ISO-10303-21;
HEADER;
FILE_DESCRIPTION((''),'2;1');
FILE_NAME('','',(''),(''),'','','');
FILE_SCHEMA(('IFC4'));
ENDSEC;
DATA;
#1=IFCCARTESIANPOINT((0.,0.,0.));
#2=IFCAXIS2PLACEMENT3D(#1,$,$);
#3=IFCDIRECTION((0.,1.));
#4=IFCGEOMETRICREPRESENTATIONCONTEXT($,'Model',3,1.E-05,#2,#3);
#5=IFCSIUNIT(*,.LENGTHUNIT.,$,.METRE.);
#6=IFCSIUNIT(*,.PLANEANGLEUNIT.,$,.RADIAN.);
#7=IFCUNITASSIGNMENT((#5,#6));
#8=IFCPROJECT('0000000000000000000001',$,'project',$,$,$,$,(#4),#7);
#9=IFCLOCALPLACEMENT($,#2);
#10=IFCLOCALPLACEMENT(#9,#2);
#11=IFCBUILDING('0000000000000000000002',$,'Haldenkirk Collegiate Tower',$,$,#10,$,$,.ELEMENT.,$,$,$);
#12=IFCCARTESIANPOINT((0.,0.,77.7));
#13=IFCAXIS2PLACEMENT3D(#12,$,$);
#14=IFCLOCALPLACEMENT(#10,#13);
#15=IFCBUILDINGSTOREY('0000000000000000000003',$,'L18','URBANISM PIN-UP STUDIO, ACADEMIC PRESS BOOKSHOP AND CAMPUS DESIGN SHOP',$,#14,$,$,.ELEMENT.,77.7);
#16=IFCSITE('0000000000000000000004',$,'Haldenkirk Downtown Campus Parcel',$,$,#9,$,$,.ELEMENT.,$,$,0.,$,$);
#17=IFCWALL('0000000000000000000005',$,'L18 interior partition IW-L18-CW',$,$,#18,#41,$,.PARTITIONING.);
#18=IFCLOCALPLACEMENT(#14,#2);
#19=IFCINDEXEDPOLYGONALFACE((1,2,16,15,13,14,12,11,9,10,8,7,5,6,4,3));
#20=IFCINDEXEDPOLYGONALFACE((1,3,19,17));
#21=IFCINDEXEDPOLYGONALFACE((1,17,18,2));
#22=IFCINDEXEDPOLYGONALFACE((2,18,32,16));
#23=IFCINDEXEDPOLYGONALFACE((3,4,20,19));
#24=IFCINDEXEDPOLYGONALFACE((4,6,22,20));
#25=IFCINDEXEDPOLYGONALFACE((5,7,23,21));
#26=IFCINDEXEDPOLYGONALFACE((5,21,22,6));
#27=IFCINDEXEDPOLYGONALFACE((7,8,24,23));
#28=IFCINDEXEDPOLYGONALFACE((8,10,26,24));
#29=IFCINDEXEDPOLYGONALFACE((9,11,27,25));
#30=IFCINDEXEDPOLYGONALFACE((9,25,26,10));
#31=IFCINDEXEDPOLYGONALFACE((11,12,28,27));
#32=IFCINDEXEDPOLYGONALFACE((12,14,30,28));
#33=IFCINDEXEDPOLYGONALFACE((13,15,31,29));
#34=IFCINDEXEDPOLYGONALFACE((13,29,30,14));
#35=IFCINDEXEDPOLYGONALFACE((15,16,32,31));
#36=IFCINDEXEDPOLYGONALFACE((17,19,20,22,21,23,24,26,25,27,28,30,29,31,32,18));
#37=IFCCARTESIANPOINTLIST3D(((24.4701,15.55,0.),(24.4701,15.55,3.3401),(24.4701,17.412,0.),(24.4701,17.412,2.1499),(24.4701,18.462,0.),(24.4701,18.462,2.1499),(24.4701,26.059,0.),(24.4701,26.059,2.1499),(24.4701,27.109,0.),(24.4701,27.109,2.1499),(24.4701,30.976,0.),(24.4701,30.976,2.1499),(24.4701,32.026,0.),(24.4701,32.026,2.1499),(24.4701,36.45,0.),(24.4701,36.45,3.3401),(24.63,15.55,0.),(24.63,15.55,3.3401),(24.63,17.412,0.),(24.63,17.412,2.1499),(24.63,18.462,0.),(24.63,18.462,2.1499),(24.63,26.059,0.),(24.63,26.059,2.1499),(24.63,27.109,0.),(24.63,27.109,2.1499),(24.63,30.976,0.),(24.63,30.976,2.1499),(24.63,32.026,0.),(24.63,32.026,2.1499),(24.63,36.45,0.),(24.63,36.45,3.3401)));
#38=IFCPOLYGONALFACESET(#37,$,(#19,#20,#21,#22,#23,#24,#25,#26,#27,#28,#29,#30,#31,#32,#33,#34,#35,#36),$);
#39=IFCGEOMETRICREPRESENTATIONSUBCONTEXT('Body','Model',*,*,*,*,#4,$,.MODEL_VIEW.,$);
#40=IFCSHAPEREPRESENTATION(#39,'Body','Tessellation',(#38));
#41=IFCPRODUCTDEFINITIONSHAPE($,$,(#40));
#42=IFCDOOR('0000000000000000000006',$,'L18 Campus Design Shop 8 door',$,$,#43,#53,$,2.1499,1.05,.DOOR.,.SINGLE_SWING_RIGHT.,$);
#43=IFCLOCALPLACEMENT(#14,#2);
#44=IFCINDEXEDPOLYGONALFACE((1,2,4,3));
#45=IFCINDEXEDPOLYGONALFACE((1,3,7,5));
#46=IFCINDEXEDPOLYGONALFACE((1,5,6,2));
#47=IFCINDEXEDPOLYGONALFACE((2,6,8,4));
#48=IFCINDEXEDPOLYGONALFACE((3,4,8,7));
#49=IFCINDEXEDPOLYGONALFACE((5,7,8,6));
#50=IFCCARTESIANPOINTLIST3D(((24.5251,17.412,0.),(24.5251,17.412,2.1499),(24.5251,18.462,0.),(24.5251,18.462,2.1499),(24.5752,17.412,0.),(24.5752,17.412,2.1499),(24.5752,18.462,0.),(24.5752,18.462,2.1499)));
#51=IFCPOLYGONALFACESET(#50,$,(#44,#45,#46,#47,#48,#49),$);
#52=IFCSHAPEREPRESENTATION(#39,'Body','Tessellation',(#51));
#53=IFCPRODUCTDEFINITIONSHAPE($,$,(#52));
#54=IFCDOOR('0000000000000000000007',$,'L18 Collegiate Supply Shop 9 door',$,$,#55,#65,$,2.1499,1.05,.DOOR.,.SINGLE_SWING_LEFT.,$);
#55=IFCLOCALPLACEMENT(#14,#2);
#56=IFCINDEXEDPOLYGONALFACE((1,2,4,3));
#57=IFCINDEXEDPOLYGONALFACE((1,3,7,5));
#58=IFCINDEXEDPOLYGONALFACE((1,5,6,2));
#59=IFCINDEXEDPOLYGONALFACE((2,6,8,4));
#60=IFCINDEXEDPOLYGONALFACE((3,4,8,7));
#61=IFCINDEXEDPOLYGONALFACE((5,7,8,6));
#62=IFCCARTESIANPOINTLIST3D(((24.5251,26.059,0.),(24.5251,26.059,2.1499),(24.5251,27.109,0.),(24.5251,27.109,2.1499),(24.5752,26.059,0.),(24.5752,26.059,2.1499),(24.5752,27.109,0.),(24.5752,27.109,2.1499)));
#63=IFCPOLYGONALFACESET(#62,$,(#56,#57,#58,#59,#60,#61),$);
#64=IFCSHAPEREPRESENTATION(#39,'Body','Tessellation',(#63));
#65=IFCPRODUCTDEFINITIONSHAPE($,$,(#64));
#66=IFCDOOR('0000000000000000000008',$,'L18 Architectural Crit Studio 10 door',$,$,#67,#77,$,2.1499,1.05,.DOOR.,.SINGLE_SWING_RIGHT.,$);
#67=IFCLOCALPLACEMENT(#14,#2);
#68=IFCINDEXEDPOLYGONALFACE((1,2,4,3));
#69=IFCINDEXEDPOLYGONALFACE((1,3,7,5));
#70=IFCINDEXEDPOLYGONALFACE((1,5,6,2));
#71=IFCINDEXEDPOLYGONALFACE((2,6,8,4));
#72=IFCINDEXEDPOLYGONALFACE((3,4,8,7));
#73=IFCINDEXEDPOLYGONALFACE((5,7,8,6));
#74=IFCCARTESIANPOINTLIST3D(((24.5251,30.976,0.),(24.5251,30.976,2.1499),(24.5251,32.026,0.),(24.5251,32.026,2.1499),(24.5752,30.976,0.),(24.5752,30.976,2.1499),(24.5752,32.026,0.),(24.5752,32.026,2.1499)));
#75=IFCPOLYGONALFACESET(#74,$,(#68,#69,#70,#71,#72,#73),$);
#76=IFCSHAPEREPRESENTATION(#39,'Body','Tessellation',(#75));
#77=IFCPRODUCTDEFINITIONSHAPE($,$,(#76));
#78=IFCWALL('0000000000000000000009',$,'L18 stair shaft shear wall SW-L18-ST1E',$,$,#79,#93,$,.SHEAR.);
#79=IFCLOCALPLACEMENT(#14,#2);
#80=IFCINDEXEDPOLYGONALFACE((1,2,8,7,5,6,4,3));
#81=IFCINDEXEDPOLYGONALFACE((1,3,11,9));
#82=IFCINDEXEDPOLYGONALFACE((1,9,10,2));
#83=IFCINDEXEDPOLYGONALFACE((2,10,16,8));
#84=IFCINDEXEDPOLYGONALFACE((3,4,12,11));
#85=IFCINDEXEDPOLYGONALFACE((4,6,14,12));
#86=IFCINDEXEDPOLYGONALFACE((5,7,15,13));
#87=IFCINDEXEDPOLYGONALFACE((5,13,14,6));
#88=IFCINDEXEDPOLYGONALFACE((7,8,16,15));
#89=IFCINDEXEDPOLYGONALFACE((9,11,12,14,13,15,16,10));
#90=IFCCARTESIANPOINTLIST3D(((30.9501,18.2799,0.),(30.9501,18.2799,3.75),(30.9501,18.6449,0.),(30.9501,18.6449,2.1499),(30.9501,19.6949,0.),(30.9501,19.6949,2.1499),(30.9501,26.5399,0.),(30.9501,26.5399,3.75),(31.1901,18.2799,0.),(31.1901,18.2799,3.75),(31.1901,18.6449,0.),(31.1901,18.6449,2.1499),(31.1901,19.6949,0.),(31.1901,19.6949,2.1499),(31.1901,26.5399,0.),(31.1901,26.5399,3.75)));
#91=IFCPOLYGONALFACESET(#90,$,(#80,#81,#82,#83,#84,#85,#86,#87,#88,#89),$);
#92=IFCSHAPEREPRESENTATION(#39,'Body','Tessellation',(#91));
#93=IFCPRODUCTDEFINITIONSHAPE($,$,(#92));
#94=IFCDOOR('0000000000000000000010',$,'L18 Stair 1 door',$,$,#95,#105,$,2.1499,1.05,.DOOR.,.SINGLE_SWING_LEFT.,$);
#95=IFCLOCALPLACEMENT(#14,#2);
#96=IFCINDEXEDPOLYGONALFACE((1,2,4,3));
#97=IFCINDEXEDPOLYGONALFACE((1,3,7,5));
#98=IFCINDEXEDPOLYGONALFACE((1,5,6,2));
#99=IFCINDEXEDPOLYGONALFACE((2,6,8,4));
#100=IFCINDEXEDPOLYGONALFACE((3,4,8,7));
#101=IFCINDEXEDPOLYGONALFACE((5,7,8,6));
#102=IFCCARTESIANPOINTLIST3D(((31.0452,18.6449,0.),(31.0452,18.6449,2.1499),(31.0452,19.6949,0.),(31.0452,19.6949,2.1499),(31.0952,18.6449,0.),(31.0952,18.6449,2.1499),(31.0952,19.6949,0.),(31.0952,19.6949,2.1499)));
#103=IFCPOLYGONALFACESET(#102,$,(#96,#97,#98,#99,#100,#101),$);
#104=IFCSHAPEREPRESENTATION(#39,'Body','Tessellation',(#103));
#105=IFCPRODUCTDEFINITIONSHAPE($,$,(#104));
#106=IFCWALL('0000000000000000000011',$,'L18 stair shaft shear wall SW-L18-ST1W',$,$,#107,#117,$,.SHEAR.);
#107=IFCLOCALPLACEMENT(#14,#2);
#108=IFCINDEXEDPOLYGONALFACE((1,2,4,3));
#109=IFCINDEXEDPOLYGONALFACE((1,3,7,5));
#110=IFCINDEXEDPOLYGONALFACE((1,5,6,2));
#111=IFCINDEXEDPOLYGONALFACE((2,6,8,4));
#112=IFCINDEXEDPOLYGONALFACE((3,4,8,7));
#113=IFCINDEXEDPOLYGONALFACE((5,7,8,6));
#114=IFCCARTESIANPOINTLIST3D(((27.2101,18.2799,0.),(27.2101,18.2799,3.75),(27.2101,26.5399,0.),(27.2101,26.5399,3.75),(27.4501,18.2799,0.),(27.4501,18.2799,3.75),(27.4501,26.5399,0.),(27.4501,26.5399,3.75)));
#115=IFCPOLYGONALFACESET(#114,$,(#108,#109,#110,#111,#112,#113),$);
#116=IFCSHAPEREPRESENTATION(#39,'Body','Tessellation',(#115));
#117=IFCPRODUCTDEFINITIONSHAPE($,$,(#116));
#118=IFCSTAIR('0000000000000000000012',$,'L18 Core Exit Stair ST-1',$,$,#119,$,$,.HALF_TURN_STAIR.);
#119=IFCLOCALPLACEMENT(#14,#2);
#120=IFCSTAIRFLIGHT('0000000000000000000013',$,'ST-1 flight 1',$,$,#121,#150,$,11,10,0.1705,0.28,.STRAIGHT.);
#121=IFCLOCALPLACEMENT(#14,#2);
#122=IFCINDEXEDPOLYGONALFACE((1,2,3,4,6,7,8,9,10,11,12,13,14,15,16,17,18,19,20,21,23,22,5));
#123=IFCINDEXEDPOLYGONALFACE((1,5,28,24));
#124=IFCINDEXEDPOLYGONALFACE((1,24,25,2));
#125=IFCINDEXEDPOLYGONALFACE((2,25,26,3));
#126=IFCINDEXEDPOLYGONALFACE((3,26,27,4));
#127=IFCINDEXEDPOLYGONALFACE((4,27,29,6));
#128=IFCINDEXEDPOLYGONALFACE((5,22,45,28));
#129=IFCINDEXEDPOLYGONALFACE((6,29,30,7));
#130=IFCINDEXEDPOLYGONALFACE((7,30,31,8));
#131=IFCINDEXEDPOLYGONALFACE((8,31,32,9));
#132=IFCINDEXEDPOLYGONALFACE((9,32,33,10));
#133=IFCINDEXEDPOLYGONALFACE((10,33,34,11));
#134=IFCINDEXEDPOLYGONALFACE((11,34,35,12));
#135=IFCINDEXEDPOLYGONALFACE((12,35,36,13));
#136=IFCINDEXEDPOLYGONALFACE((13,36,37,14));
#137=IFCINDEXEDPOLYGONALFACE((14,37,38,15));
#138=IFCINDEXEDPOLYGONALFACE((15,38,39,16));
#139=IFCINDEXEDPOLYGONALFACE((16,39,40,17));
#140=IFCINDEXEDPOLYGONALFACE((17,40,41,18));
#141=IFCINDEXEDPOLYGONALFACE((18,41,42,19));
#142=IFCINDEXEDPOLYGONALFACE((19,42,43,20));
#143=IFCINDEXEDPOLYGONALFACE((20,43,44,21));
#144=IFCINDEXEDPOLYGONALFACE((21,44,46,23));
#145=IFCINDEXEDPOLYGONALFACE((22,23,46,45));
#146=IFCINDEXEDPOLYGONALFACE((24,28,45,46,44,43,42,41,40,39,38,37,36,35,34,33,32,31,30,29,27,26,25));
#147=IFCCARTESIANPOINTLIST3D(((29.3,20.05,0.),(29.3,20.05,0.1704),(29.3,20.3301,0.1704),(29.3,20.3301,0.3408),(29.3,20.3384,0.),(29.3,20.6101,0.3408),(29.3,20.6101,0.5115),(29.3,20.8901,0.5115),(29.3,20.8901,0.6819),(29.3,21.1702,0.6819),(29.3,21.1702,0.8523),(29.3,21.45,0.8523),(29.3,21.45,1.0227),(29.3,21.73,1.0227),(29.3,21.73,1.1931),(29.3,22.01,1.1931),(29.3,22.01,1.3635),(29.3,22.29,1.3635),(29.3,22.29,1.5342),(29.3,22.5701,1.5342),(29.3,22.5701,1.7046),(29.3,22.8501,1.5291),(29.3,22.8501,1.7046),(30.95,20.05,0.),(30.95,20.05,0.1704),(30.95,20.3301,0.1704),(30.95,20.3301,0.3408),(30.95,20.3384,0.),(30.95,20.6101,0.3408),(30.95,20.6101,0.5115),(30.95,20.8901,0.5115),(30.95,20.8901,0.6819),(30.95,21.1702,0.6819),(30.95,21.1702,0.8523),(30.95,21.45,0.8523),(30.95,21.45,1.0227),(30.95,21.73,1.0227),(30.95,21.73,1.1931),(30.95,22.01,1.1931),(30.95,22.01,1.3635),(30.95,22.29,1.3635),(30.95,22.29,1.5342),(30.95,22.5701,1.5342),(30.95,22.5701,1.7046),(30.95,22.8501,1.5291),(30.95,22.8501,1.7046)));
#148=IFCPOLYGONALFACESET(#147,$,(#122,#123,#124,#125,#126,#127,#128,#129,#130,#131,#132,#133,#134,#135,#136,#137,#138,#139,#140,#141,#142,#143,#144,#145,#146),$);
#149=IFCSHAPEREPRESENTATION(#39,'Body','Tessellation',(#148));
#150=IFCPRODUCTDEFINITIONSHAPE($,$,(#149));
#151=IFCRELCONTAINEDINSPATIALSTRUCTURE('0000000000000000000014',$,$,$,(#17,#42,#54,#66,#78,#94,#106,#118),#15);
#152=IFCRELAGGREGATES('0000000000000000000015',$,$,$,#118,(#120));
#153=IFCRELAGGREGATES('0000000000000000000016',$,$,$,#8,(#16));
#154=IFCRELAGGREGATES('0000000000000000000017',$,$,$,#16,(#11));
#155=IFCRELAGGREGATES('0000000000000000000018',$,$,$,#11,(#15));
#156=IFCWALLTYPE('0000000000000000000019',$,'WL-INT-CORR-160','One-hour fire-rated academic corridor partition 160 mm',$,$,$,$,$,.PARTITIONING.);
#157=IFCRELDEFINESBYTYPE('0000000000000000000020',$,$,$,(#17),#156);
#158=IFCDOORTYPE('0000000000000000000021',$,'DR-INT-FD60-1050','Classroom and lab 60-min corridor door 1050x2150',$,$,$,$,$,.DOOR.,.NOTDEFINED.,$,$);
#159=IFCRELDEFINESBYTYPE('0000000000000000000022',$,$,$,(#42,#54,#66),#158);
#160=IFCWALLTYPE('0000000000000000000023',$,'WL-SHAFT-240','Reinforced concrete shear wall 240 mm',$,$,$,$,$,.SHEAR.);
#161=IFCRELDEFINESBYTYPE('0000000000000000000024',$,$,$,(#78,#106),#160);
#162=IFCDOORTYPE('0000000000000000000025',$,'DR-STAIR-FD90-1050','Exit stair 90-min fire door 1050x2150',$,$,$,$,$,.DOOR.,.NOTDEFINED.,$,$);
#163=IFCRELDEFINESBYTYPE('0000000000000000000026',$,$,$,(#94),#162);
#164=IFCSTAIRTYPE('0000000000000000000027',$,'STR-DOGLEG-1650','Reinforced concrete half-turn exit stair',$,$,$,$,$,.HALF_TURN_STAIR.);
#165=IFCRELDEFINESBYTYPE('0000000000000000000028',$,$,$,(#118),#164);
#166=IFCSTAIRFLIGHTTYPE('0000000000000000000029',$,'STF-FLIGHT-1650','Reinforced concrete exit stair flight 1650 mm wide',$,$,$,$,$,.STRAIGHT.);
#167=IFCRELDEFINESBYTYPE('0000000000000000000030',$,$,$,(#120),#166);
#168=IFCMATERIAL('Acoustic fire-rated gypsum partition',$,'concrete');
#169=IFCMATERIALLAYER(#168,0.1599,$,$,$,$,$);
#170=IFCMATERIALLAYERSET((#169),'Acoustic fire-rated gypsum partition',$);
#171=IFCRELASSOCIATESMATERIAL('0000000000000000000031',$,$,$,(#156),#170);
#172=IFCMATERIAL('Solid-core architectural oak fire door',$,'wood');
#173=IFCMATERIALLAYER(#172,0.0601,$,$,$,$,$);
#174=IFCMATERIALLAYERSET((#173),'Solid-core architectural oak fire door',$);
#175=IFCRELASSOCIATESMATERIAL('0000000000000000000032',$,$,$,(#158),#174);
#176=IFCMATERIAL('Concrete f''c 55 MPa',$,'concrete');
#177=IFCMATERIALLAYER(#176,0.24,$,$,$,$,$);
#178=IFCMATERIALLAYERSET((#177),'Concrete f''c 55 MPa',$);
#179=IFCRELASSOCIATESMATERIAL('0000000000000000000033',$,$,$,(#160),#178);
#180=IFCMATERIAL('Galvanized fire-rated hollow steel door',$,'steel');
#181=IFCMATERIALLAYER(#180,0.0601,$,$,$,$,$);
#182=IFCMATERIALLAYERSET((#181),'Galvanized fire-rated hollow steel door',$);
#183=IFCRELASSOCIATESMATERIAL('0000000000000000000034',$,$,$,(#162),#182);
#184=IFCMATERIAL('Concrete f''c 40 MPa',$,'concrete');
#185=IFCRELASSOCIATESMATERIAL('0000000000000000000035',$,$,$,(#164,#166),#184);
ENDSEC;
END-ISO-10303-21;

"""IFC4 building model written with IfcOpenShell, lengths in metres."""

from ifc_helpers import new_model, si_unit, direction, frame, frame_2d, origin, place, context, subcontext, project, spatial, polyline, rectangle, outline, extrude, material, layer, layer_set, type_object, element, fill, aggregate, save


model = new_model("IFC4")

# Units and contexts
model_context = context("Model", 3, precision=1e-05, world=origin(), true_north=direction((0.0, 1.0)))
body_context = subcontext(model_context, "Body", "Model", "MODEL_VIEW")
ifc_project = project(units=[si_unit("LENGTHUNIT", "METRE"), si_unit("PLANEANGLEUNIT", "RADIAN")], contexts=[model_context])

# Site, building, storey
site_placement = place(None, origin())
site = spatial("IfcSite", under=ifc_project, at=site_placement, Name="Haldenkirk Downtown Campus Parcel", CompositionType="ELEMENT", RefElevation=0.0)
building_placement = place(site_placement, origin())
building = spatial("IfcBuilding", under=site, at=building_placement, Name="Haldenkirk Collegiate Tower", CompositionType="ELEMENT")
storey_placement = place(building_placement, frame((0.0, 0.0, 77.7)))
storey = spatial("IfcBuildingStorey", under=building, at=storey_placement, Name="L18", Description="URBANISM PIN-UP STUDIO, ACADEMIC PRESS BOOKSHOP AND CAMPUS DESIGN SHOP", CompositionType="ELEMENT", Elevation=77.7)

# Shared definitions
ifc_material_1 = material(Name="Galvanized fire-rated hollow steel door", Category="steel")

# Wall, openings, doors
ifc_material_2 = material(Name="Acoustic fire-rated gypsum partition", Category="concrete")
ifc_layer_1 = layer(ifc_material_2, 0.1599)
ifc_layer_set_1 = layer_set([ifc_layer_1], Name="Acoustic fire-rated gypsum partition")
wall_type_1 = type_object("IfcWallType", Name="WL-INT-CORR-160", Description="One-hour fire-rated academic corridor partition 160 mm", PredefinedType="PARTITIONING", material=ifc_layer_set_1)
ifc_material_3 = material(Name="Solid-core architectural oak fire door", Category="wood")
ifc_layer_2 = layer(ifc_material_3, 0.0601)
ifc_layer_set_2 = layer_set([ifc_layer_2], Name="Solid-core architectural oak fire door")
door_type_1 = type_object("IfcDoorType", Name="DR-INT-FD60-1050", Description="Classroom and lab 60-min corridor door 1050x2150", OperationType="NOTDEFINED", PredefinedType="DOOR", material=ifc_layer_set_2)
wall_1_placement = place(storey_placement, frame((24.55, 15.55, 0.0), z_axis=(0.0, 0.0, 1.0), x_axis=(0.0, 1.0, 0.0)))
wall_1 = element("IfcWall", 1, at=wall_1_placement, inside=storey, type_object=wall_type_1, Name="L18 interior partition IW-L18-CW", PredefinedType="PARTITIONING", context=body_context, shape_type="SweptSolid", body=[
    extrude(rectangle(XDim=20.8999, YDim=0.1599, at=frame_2d((10.45, 0.0))), origin(), (0.0, 0.0, 1.0), 3.3401),
])
opening_1_placement = place(wall_1_placement, frame((1.8621, 0.0, 0.0)))
opening_1 = element("IfcOpeningElement", 2, at=opening_1_placement, cuts=wall_1, PredefinedType="OPENING", context=body_context, shape_type="SweptSolid", body=[
    extrude(rectangle(XDim=1.05, YDim=2.1499, at=frame_2d((0.5249, 1.075))), frame((0.0, 0.0898, 0.0), z_axis=(0.0, -1.0, 0.0), x_axis=(1.0, 0.0, 0.0)), (0.0, 0.0, 1.0), 0.1799),
])
opening_2_placement = place(wall_1_placement, frame((10.509, 0.0, 0.0)))
opening_2 = element("IfcOpeningElement", 3, at=opening_2_placement, cuts=wall_1, PredefinedType="OPENING", context=body_context, shape_type="SweptSolid", body=[
    extrude(rectangle(XDim=1.05, YDim=2.1499, at=frame_2d((0.5249, 1.075))), frame((0.0, 0.0898, 0.0), z_axis=(0.0, -1.0, 0.0), x_axis=(1.0, 0.0, 0.0)), (0.0, 0.0, 1.0), 0.1799),
])
opening_3_placement = place(wall_1_placement, frame((15.426, 0.0, 0.0)))
opening_3 = element("IfcOpeningElement", 4, at=opening_3_placement, cuts=wall_1, PredefinedType="OPENING", context=body_context, shape_type="SweptSolid", body=[
    extrude(rectangle(XDim=1.05, YDim=2.1499, at=frame_2d((0.5249, 1.075))), frame((0.0, 0.0898, 0.0), z_axis=(0.0, -1.0, 0.0), x_axis=(1.0, 0.0, 0.0)), (0.0, 0.0, 1.0), 0.1799),
])
door_1_placement = place(opening_1_placement, origin())
door_1 = element("IfcDoor", 5, at=door_1_placement, inside=storey, type_object=door_type_1, Name="L18 Campus Design Shop 8 door", OperationType="SINGLE_SWING_RIGHT", OverallHeight=2.1499, OverallWidth=1.05, PredefinedType="DOOR", context=body_context, shape_type="SweptSolid", body=[
    extrude(rectangle(XDim=1.05, YDim=2.1499, at=frame_2d((0.5249, 1.075))), frame((0.0, 0.0249, 0.0), z_axis=(0.0, -1.0, 0.0), x_axis=(1.0, 0.0, 0.0)), (0.0, 0.0, 1.0), 0.05),
])
fill(opening_1, door_1)
door_2_placement = place(opening_2_placement, origin())
door_2 = element("IfcDoor", 6, at=door_2_placement, inside=storey, type_object=door_type_1, Name="L18 Collegiate Supply Shop 9 door", OperationType="SINGLE_SWING_LEFT", OverallHeight=2.1499, OverallWidth=1.05, PredefinedType="DOOR", context=body_context, shape_type="SweptSolid", body=[
    extrude(rectangle(XDim=1.05, YDim=2.1499, at=frame_2d((0.5249, 1.075))), frame((0.0, 0.0249, 0.0), z_axis=(0.0, -1.0, 0.0), x_axis=(1.0, 0.0, 0.0)), (0.0, 0.0, 1.0), 0.05),
])
fill(opening_2, door_2)
door_3_placement = place(opening_3_placement, origin())
door_3 = element("IfcDoor", 7, at=door_3_placement, inside=storey, type_object=door_type_1, Name="L18 Architectural Crit Studio 10 door", OperationType="SINGLE_SWING_RIGHT", OverallHeight=2.1499, OverallWidth=1.05, PredefinedType="DOOR", context=body_context, shape_type="SweptSolid", body=[
    extrude(rectangle(XDim=1.05, YDim=2.1499, at=frame_2d((0.5249, 1.075))), frame((0.0, 0.0249, 0.0), z_axis=(0.0, -1.0, 0.0), x_axis=(1.0, 0.0, 0.0)), (0.0, 0.0, 1.0), 0.05),
])
fill(opening_3, door_3)

# Wall, opening, door
ifc_material_4 = material(Name="Concrete f'c 55 MPa", Category="concrete")
ifc_layer_3 = layer(ifc_material_4, 0.24)
ifc_layer_set_3 = layer_set([ifc_layer_3], Name="Concrete f'c 55 MPa")
wall_type_2 = type_object("IfcWallType", Name="WL-SHAFT-240", Description="Reinforced concrete shear wall 240 mm", PredefinedType="SHEAR", material=ifc_layer_set_3)
wall_2_placement = place(storey_placement, frame((31.0701, 18.28, 0.0), z_axis=(0.0, 0.0, 1.0), x_axis=(0.0, 1.0, 0.0)))
wall_2 = element("IfcWall", 8, at=wall_2_placement, inside=storey, type_object=wall_type_2, Name="L18 stair shaft shear wall SW-L18-ST1E", PredefinedType="SHEAR", context=body_context, shape_type="SweptSolid", body=[
    extrude(rectangle(XDim=8.26, YDim=0.24, at=frame_2d((4.1299, 0.0))), origin(), (0.0, 0.0, 1.0), 3.75),
])
opening_4_placement = place(wall_2_placement, frame((0.365, 0.0, 0.0)))
opening_4 = element("IfcOpeningElement", 9, at=opening_4_placement, cuts=wall_2, PredefinedType="OPENING", context=body_context, shape_type="SweptSolid", body=[
    extrude(rectangle(XDim=1.05, YDim=2.1499, at=frame_2d((0.5249, 1.075))), frame((0.0, 0.1299, 0.0), z_axis=(0.0, -1.0, 0.0), x_axis=(1.0, 0.0, 0.0)), (0.0, 0.0, 1.0), 0.26),
])
ifc_layer_4 = layer(ifc_material_1, 0.0601)
ifc_layer_set_4 = layer_set([ifc_layer_4], Name="Galvanized fire-rated hollow steel door")
door_type_2 = type_object("IfcDoorType", Name="DR-STAIR-FD90-1050", Description="Exit stair 90-min fire door 1050x2150", OperationType="NOTDEFINED", PredefinedType="DOOR", material=ifc_layer_set_4)
door_4_placement = place(opening_4_placement, origin())
door_4 = element("IfcDoor", 10, at=door_4_placement, inside=storey, type_object=door_type_2, Name="L18 Stair 1 door", OperationType="SINGLE_SWING_LEFT", OverallHeight=2.1499, OverallWidth=1.05, PredefinedType="DOOR", context=body_context, shape_type="SweptSolid", body=[
    extrude(rectangle(XDim=1.05, YDim=2.1499, at=frame_2d((0.5249, 1.075))), frame((0.0, 0.0249, 0.0), z_axis=(0.0, -1.0, 0.0), x_axis=(1.0, 0.0, 0.0)), (0.0, 0.0, 1.0), 0.05),
])
fill(opening_4, door_4)

# Wall
wall_3_placement = place(storey_placement, frame((27.3301, 18.28, 0.0), z_axis=(0.0, 0.0, 1.0), x_axis=(0.0, 1.0, 0.0)))
element("IfcWall", 11, at=wall_3_placement, inside=storey, type_object=wall_type_2, Name="L18 stair shaft shear wall SW-L18-ST1W", PredefinedType="SHEAR", context=body_context, shape_type="SweptSolid", body=[
    extrude(rectangle(XDim=8.26, YDim=0.24, at=frame_2d((4.1299, 0.0))), origin(), (0.0, 0.0, 1.0), 3.75),
])

# Stair, stair flight
ifc_material_5 = material(Name="Concrete f'c 40 MPa", Category="concrete")
stair_type = type_object("IfcStairType", Name="STR-DOGLEG-1650", Description="Reinforced concrete half-turn exit stair", PredefinedType="HALF_TURN_STAIR", material=ifc_material_5)
stair_placement = place(storey_placement, origin())
stair = element("IfcStair", 12, at=stair_placement, inside=storey, type_object=stair_type, Name="L18 Core Exit Stair ST-1", PredefinedType="HALF_TURN_STAIR")
stair_flight_type = type_object("IfcStairFlightType", Name="STF-FLIGHT-1650", Description="Reinforced concrete exit stair flight 1650 mm wide", PredefinedType="STRAIGHT", material=ifc_material_5)
stair_flight_placement = place(storey_placement, frame((30.125, 20.05, 0.0), z_axis=(0.0, 0.0, 1.0), x_axis=(0.0, 1.0, 0.0)))
stair_flight = element("IfcStairFlight", 13, at=stair_flight_placement, type_object=stair_flight_type, Name="ST-1 flight 1", NumberOfRisers=11, NumberOfTreads=10, PredefinedType="STRAIGHT", RiserHeight=0.1705, TreadLength=0.28, context=body_context, shape_type="SweptSolid", body=[
    extrude(outline(polyline([(0.0, 0.0), (0.0, 0.1704), (0.28, 0.1704), (0.28, 0.3408), (0.5601, 0.3408), (0.5601, 0.5115), (0.8401, 0.5115), (0.8401, 0.6819), (1.1201, 0.6819), (1.1201, 0.8523), (1.3999, 0.8523), (1.3999, 1.0227), (1.6799, 1.0227), (1.6799, 1.1931), (1.96, 1.1931), (1.96, 1.3635), (2.24, 1.3635), (2.24, 1.5342), (2.52, 1.5342), (2.52, 1.7046), (2.8, 1.7046), (2.8, 1.875), (2.8, 1.5291), (0.2883, 0.0), (0.0, 0.0)])), frame((0.0, 0.825, 0.0), z_axis=(0.0, -1.0, 0.0), x_axis=(1.0, 0.0, 0.0)), (0.0, 0.0, 1.0), 1.6499),
])
aggregate(stair, [stair_flight])

save(model, "model.ifc")
